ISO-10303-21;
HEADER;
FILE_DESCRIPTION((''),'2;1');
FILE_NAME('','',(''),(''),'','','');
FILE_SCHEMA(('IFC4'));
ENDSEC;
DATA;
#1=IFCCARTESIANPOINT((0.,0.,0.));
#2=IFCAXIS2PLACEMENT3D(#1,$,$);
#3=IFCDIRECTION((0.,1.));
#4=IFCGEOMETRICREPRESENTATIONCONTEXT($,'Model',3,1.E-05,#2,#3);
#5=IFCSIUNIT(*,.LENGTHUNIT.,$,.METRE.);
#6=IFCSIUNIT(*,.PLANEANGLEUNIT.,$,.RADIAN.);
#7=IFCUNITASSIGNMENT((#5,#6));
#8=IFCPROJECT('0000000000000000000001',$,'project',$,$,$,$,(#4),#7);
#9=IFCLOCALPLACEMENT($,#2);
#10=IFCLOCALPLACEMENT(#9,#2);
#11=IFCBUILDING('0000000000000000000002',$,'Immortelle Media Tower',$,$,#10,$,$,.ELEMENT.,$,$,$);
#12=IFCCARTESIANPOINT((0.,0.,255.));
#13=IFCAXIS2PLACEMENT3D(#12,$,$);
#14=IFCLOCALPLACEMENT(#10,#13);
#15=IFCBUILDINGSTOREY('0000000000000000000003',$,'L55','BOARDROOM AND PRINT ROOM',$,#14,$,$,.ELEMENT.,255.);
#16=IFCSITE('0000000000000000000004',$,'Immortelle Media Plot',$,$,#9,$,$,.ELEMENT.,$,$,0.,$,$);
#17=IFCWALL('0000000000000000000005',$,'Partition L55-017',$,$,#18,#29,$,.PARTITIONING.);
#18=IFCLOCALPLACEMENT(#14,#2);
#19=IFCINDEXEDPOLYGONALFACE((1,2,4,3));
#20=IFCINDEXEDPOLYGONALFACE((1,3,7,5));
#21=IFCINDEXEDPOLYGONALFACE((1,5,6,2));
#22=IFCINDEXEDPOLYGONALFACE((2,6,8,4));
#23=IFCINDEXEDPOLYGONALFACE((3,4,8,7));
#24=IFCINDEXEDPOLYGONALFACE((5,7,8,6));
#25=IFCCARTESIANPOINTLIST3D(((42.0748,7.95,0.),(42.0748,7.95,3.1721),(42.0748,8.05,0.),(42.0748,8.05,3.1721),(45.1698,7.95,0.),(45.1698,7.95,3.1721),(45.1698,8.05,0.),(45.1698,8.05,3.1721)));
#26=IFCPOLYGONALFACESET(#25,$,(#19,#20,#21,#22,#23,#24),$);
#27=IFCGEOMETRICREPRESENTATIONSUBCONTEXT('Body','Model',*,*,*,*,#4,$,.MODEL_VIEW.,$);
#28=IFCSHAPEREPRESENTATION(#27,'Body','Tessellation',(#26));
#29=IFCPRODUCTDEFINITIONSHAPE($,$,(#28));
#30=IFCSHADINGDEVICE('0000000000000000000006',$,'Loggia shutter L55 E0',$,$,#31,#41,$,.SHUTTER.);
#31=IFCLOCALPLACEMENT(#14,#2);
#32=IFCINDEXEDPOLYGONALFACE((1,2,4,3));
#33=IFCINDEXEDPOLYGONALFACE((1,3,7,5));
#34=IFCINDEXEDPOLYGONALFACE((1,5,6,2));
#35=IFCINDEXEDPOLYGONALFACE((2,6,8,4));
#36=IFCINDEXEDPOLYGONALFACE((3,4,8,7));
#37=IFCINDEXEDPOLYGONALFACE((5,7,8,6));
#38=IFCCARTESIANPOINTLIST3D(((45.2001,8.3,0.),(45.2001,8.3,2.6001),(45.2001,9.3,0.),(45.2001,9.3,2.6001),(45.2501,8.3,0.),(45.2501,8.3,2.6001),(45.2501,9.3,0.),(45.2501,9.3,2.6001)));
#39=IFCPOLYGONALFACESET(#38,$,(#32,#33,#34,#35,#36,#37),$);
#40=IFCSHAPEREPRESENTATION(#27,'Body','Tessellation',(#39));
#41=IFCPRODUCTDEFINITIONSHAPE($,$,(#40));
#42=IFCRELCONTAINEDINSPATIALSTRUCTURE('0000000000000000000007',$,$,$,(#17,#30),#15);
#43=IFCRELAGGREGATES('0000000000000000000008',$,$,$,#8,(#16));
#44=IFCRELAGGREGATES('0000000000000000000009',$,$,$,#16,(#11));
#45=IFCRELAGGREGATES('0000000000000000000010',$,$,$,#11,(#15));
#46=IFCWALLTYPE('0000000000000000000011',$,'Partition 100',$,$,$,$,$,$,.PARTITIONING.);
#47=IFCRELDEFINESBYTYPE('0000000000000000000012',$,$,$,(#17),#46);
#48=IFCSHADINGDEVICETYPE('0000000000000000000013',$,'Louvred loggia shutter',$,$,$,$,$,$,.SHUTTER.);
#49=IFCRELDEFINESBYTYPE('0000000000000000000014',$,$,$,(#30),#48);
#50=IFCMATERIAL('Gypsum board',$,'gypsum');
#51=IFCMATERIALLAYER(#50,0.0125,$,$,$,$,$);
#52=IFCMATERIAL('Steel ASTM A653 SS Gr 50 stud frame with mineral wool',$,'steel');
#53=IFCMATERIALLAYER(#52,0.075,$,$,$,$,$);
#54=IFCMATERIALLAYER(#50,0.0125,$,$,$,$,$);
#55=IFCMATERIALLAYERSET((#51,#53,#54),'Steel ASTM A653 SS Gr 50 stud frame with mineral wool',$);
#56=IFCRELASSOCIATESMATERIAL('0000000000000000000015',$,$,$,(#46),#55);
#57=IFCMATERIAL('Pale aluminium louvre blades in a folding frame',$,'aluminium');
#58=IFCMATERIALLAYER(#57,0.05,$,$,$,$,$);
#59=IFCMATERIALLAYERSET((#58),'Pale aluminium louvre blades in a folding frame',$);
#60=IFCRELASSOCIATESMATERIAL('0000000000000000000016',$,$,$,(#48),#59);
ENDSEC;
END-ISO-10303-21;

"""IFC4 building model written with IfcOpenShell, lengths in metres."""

from ifc_helpers import new_model, si_unit, direction, frame, frame_2d, origin, origin_2d, place, context, subcontext, project, spatial, rectangle, extrude, material, layer, layer_set, type_object, element, save


model = new_model("IFC4")

# Units and contexts
model_context = context("Model", 3, precision=1e-05, world=origin(), true_north=direction((0.0, 1.0)))
body_context = subcontext(model_context, "Body", "Model", "MODEL_VIEW")
ifc_project = project(units=[si_unit("LENGTHUNIT", "METRE"), si_unit("PLANEANGLEUNIT", "RADIAN")], contexts=[model_context])

# Site, building, storey
site_placement = place(None, origin())
site = spatial("IfcSite", under=ifc_project, at=site_placement, Name="Immortelle Media Plot", CompositionType="ELEMENT", RefElevation=0.0)
building_placement = place(site_placement, origin())
building = spatial("IfcBuilding", under=site, at=building_placement, Name="Immortelle Media Tower", CompositionType="ELEMENT")
storey_placement = place(building_placement, frame((0.0, 0.0, 255.0)))
storey = spatial("IfcBuildingStorey", under=building, at=storey_placement, Name="L55", Description="BOARDROOM AND PRINT ROOM", CompositionType="ELEMENT", Elevation=255.0)

# Shared definitions
ifc_material_1 = material(Name="Steel ASTM A653 SS Gr 50 stud frame with mineral wool", Category="steel")

# Wall
ifc_material_2 = material(Name="Gypsum board", Category="gypsum")
ifc_layer_1 = layer(ifc_material_2, 0.0125)
ifc_layer_2 = layer(ifc_material_1, 0.075)
ifc_layer_3 = layer(ifc_material_2, 0.0125)
ifc_layer_set_1 = layer_set([ifc_layer_1, ifc_layer_2, ifc_layer_3], Name="Steel ASTM A653 SS Gr 50 stud frame with mineral wool")
wall_type_1 = type_object("IfcWallType", Name="Partition 100", PredefinedType="PARTITIONING", material=ifc_layer_set_1)
wall_1_placement = place(storey_placement, frame((42.075, 8.0, 0.0), z_axis=(0.0, 0.0, 1.0), x_axis=(1.0, 0.0, 0.0)))
element("IfcWall", 1, at=wall_1_placement, inside=storey, type_object=wall_type_1, Name="Partition L55-017", PredefinedType="PARTITIONING", context=body_context, shape_type="SweptSolid", body=[
    extrude(rectangle(XDim=3.095, YDim=0.1001, at=frame_2d((1.5474, 0.0))), origin(), (0.0, 0.0, 1.0), 3.1721),
])

# Shading device
ifc_material_3 = material(Name="Pale aluminium louvre blades in a folding frame", Category="aluminium")
ifc_layer_4 = layer(ifc_material_3, 0.05)
ifc_layer_set_2 = layer_set([ifc_layer_4], Name="Pale aluminium louvre blades in a folding frame")
shading_device_type = type_object("IfcShadingDeviceType", Name="Louvred loggia shutter", PredefinedType="SHUTTER", material=ifc_layer_set_2)
shading_device_placement = place(storey_placement, frame((45.2251, 8.8, 0.0), z_axis=(0.0, 0.0, 1.0), x_axis=(0.0, 1.0, 0.0)))
element("IfcShadingDevice", 2, at=shading_device_placement, inside=storey, type_object=shading_device_type, Name="Loggia shutter L55 E0", PredefinedType="SHUTTER", context=body_context, shape_type="SweptSolid", body=[
    extrude(rectangle(XDim=1.0, YDim=0.05, at=origin_2d()), origin(), (0.0, 0.0, 1.0), 2.6001),
])

save(model, "model.ifc")
